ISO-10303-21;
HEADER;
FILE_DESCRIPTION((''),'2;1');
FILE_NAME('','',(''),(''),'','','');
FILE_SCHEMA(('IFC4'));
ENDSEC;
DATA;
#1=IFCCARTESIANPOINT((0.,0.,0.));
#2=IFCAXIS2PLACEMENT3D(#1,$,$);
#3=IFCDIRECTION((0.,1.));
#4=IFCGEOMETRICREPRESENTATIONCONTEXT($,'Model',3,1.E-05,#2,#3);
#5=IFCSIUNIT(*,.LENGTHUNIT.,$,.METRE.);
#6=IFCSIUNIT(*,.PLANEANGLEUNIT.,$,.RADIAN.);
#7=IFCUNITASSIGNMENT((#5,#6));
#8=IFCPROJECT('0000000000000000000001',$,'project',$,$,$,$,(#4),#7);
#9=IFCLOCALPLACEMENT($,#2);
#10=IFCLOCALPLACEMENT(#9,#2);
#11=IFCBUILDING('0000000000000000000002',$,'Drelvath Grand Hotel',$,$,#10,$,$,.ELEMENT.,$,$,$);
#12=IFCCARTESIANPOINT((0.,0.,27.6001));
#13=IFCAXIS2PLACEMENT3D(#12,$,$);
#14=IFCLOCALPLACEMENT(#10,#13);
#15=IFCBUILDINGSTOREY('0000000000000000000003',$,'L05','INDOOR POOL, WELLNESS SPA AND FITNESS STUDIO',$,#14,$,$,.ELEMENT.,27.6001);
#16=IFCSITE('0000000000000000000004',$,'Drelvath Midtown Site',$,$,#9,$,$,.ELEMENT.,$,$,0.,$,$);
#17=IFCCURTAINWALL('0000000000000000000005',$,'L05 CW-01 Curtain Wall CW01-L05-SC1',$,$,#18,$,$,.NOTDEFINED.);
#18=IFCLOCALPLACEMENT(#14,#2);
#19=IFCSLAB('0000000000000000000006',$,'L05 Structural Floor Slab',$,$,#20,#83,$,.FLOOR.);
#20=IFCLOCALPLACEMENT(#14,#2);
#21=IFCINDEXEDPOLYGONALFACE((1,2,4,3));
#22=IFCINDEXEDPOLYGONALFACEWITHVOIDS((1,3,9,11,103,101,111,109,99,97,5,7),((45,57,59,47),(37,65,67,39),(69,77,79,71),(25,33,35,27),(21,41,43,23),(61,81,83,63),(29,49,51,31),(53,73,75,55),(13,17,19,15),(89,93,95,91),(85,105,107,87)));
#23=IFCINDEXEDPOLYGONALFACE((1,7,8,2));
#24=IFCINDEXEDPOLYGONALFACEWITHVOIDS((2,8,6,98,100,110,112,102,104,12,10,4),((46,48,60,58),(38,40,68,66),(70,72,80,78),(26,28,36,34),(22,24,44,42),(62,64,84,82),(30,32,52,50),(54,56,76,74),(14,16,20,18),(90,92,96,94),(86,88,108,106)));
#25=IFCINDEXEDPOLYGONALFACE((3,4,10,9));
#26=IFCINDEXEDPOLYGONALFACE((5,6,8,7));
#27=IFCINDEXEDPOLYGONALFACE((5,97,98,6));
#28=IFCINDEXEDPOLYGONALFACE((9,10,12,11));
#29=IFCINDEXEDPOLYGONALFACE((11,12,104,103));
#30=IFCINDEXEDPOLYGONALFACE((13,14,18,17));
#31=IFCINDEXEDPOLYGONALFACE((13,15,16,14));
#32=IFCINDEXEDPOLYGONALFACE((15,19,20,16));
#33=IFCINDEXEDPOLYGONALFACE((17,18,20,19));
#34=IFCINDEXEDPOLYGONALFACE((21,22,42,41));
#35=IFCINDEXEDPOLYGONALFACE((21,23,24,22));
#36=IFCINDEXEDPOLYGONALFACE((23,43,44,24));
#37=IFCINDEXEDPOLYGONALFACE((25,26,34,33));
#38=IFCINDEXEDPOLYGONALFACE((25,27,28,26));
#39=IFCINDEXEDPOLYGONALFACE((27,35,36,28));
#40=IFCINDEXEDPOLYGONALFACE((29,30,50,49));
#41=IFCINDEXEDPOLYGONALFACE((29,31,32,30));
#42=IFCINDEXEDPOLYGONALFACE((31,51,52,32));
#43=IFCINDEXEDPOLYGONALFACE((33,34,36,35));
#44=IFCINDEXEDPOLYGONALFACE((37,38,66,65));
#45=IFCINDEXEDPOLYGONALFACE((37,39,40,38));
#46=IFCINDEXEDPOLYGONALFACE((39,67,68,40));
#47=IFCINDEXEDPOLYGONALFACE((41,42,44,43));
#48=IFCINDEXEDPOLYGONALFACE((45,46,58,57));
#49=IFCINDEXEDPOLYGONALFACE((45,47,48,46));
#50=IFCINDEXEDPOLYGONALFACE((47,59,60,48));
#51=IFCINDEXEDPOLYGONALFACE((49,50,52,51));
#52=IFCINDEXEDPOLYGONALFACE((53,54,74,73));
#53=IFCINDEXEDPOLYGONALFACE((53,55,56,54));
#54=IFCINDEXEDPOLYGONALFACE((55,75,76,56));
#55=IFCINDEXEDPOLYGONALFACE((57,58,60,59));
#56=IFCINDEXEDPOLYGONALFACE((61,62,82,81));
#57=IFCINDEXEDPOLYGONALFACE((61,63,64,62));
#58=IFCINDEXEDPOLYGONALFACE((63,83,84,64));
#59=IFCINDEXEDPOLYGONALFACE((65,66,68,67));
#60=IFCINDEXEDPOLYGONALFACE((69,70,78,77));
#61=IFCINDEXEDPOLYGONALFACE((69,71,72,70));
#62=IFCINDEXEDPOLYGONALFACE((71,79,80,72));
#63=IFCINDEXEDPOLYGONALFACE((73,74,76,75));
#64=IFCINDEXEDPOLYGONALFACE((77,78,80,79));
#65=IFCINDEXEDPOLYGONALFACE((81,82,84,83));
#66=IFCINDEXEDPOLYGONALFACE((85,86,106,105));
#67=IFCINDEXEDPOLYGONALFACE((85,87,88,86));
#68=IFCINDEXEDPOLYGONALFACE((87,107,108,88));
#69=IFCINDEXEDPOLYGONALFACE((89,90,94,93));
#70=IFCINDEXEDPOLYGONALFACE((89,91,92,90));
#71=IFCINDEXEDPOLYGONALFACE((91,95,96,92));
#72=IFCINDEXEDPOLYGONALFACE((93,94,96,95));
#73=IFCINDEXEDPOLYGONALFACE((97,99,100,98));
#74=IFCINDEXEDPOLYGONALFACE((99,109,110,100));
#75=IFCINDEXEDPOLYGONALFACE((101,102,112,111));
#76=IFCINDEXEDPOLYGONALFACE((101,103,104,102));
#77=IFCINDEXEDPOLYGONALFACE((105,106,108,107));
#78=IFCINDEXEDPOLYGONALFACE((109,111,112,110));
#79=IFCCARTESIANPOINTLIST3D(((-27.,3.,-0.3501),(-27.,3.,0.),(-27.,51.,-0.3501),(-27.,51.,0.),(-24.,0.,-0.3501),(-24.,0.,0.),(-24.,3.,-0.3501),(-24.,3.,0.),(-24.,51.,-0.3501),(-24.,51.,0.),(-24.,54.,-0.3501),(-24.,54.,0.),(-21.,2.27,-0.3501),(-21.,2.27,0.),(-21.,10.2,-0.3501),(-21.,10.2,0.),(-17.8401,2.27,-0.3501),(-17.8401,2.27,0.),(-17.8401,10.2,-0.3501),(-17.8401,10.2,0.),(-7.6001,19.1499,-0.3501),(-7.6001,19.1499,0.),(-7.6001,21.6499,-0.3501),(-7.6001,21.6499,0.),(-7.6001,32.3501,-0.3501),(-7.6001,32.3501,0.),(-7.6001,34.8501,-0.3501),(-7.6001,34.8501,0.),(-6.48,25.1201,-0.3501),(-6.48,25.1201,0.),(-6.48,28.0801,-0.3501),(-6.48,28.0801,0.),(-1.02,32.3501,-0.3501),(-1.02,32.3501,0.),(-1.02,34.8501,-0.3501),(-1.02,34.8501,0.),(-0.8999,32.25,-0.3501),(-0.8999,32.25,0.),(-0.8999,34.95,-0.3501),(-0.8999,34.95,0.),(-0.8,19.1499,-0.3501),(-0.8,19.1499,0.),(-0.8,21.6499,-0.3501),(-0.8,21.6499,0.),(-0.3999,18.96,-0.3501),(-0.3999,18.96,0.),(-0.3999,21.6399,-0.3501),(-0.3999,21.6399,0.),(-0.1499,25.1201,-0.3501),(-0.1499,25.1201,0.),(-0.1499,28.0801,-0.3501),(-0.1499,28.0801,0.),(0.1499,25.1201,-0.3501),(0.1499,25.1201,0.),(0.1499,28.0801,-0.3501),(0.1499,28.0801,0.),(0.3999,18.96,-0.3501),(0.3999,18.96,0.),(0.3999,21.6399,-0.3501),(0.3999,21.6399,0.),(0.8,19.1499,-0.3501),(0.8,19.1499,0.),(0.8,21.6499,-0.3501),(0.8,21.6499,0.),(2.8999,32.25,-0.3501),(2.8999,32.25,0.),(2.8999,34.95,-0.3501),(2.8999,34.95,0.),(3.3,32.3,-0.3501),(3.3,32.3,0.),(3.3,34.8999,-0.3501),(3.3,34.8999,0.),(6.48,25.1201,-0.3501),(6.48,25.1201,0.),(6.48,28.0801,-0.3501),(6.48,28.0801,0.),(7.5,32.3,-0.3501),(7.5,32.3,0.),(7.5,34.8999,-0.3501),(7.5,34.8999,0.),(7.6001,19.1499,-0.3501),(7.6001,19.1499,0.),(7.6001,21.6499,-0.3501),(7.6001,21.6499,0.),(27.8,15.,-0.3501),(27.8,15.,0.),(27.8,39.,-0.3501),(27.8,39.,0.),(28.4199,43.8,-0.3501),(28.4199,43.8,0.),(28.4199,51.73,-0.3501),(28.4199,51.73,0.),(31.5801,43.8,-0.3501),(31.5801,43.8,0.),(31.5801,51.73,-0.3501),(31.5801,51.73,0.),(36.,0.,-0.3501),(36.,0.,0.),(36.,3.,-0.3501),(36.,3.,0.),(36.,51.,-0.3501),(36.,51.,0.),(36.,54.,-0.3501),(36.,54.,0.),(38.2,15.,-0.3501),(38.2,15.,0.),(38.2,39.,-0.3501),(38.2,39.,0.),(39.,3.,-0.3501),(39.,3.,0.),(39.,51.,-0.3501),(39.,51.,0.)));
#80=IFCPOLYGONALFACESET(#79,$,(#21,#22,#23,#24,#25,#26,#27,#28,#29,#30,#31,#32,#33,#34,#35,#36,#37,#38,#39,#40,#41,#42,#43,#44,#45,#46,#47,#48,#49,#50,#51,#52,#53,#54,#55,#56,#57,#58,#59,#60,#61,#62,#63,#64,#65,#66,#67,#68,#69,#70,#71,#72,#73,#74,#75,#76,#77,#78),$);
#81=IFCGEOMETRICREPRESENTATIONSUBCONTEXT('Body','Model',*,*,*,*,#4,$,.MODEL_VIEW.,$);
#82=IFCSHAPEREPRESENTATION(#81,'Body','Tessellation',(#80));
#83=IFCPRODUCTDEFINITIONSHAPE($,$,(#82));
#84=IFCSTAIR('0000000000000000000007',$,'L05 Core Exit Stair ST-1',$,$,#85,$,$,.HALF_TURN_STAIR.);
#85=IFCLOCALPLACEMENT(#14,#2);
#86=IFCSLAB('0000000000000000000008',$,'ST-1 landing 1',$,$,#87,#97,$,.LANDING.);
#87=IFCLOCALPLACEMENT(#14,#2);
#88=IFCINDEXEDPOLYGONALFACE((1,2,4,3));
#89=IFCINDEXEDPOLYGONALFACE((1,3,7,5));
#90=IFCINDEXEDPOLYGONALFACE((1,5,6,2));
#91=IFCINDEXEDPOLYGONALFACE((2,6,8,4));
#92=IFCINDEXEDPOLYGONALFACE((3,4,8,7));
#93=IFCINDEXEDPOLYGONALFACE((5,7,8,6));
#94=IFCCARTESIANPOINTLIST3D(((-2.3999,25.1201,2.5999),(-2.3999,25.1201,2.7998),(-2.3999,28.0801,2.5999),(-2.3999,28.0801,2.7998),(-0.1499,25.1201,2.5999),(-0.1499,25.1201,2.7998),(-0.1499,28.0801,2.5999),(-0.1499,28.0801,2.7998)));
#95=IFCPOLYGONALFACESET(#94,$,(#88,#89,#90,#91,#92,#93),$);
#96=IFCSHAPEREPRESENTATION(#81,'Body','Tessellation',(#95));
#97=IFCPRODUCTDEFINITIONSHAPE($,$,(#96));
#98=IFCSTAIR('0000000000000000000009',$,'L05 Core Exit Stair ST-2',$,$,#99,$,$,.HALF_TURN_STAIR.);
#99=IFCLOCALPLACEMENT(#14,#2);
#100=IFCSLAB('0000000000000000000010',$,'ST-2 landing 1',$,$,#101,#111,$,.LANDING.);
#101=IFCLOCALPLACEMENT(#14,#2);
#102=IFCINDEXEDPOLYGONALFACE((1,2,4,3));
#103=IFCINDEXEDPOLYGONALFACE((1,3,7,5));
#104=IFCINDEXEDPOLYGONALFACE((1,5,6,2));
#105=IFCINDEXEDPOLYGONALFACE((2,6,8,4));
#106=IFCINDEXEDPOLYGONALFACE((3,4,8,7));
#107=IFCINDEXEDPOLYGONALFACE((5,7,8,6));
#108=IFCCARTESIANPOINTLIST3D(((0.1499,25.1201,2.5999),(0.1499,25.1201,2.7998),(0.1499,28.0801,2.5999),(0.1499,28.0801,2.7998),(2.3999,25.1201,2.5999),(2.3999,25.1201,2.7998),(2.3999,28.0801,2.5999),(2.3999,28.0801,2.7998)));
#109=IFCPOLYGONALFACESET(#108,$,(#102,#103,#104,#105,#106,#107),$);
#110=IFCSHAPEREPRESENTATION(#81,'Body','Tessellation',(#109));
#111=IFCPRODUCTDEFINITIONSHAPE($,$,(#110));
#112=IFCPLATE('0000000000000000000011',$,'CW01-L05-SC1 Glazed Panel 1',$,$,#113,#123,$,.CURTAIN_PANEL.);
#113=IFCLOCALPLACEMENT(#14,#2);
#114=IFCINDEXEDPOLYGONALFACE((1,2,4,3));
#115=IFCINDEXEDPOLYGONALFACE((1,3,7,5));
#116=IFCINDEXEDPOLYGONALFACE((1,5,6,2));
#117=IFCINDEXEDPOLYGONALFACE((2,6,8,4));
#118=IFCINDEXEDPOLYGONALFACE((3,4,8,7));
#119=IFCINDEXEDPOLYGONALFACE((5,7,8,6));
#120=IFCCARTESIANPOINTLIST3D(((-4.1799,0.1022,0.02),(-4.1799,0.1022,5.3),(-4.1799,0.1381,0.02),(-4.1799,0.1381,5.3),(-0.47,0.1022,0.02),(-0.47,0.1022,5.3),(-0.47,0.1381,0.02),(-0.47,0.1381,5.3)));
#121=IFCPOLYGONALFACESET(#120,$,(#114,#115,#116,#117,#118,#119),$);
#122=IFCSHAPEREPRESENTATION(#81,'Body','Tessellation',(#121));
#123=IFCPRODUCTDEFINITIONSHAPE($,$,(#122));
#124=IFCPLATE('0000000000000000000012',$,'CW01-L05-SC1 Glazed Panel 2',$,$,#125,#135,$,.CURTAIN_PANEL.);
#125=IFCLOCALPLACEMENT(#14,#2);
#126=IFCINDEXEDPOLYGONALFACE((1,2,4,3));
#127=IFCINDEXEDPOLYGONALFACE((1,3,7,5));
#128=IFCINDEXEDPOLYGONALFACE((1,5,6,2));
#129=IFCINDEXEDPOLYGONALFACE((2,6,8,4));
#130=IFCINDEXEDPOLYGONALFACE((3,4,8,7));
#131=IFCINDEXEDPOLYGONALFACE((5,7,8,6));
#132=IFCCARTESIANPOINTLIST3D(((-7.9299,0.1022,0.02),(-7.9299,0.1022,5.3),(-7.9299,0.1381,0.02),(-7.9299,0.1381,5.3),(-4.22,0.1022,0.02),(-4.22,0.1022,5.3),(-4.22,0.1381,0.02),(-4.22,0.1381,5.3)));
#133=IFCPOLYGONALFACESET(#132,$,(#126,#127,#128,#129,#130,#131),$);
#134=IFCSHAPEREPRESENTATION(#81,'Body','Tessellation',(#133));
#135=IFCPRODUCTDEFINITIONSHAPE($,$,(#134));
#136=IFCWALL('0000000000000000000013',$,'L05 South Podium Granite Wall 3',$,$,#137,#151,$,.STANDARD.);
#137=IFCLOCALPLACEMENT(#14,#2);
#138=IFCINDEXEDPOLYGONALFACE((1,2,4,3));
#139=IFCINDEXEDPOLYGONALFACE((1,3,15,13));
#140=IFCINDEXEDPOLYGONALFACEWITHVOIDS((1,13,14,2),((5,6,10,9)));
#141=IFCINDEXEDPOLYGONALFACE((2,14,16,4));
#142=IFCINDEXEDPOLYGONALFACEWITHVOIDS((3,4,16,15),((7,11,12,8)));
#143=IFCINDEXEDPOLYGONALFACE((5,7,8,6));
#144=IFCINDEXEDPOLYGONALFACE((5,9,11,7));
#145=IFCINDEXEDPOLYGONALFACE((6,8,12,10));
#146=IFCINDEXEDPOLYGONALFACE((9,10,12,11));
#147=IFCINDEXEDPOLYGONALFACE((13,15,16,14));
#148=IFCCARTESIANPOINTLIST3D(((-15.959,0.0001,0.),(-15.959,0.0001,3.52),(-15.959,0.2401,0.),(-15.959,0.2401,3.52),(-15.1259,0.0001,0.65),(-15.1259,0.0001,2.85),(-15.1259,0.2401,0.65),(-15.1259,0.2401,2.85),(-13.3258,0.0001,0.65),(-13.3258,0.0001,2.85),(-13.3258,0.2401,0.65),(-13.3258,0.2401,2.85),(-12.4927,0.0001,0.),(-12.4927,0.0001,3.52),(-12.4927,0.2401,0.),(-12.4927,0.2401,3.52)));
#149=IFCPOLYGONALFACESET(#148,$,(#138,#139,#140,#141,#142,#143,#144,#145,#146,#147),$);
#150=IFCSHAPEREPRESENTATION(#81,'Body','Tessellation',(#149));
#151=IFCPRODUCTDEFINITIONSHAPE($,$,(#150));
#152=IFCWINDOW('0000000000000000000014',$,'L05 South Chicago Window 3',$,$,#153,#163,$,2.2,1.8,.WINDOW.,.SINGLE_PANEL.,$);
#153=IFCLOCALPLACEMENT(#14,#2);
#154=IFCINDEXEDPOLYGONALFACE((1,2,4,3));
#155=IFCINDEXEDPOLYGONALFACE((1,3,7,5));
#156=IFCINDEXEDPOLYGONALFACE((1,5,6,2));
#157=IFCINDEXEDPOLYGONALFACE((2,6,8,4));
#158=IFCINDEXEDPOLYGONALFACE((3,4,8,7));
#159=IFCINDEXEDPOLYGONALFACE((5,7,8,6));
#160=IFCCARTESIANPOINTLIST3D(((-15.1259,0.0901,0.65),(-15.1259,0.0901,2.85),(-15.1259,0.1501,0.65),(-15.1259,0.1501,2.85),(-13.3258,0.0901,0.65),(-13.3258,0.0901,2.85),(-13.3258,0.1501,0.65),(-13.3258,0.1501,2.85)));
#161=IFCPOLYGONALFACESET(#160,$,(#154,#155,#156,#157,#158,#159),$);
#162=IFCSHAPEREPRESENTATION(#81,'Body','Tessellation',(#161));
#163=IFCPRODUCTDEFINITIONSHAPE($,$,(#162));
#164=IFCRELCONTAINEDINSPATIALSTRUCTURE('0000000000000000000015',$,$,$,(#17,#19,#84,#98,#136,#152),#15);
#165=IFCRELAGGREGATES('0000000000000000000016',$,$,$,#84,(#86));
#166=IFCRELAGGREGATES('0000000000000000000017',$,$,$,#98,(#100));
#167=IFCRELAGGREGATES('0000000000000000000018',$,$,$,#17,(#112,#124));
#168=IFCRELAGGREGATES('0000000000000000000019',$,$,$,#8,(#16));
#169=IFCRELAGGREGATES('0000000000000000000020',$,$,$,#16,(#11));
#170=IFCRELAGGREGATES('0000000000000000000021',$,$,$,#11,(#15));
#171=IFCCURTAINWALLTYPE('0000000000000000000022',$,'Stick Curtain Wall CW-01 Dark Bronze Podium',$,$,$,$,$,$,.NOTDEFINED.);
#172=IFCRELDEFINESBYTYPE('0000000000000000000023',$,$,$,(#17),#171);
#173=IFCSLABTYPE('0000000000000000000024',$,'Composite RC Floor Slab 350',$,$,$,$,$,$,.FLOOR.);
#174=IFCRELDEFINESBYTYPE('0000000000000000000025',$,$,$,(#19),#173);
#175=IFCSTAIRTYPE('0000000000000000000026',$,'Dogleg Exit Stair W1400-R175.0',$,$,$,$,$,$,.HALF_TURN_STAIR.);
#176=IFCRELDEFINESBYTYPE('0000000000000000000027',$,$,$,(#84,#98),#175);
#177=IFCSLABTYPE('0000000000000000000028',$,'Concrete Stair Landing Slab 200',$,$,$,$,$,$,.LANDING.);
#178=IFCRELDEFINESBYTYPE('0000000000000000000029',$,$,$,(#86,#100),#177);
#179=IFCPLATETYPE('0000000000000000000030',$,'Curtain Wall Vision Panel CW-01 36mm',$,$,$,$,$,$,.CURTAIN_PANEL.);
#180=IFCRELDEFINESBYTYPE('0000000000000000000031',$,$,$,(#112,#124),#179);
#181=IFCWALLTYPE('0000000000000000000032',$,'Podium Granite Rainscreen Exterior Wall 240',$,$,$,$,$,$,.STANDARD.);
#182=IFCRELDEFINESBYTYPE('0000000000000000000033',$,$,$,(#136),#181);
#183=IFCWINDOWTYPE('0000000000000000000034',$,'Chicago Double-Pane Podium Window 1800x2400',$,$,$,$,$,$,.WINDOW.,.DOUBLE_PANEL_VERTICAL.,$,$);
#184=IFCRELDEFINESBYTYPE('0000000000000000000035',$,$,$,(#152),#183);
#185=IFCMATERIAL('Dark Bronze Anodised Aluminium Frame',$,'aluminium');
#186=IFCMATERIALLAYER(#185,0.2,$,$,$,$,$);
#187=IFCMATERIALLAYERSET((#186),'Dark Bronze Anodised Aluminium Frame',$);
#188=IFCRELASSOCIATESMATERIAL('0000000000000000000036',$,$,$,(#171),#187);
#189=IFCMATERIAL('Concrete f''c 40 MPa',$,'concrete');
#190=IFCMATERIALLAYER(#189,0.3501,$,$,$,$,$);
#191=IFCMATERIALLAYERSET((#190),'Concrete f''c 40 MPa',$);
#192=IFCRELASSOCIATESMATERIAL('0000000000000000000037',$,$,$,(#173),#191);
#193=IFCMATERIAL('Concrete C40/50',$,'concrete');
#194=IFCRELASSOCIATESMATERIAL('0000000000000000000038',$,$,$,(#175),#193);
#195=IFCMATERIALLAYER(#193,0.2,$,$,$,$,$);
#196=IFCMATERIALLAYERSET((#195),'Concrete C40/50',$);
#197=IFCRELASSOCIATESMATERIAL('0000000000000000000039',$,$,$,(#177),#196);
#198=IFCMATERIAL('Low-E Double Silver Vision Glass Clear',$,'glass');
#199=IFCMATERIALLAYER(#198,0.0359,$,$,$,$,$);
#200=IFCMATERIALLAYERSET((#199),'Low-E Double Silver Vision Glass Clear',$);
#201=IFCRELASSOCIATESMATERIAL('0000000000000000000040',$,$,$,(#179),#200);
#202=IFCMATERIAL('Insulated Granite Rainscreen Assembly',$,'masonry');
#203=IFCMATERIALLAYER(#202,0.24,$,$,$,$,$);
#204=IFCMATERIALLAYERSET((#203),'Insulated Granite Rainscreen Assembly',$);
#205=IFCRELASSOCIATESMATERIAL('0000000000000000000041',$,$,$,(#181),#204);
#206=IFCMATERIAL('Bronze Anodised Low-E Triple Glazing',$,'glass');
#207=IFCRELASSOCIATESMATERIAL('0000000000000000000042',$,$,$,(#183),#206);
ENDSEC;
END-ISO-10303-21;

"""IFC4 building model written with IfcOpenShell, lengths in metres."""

from ifc_helpers import new_model, si_unit, direction, frame, frame_2d, origin, origin_2d, place, context, subcontext, project, spatial, polyline, rectangle, outline, extrude, material, layer, layer_set, type_object, element, fill, aggregate, save


model = new_model("IFC4")

# Units and contexts
model_context = context("Model", 3, precision=1e-05, world=origin(), true_north=direction((0.0, 1.0)))
body_context = subcontext(model_context, "Body", "Model", "MODEL_VIEW")
ifc_project = project(units=[si_unit("LENGTHUNIT", "METRE"), si_unit("PLANEANGLEUNIT", "RADIAN")], contexts=[model_context])

# Site, building, storey
site_placement = place(None, origin())
site = spatial("IfcSite", under=ifc_project, at=site_placement, Name="Drelvath Midtown Site", CompositionType="ELEMENT", RefElevation=0.0)
building_placement = place(site_placement, origin())
building = spatial("IfcBuilding", under=site, at=building_placement, Name="Drelvath Grand Hotel", CompositionType="ELEMENT")
storey_placement = place(building_placement, frame((0.0, 0.0, 27.6001)))
storey = spatial("IfcBuildingStorey", under=building, at=storey_placement, Name="L05", Description="INDOOR POOL, WELLNESS SPA AND FITNESS STUDIO", CompositionType="ELEMENT", Elevation=27.6001)

# Curtain wall
ifc_material_1 = material(Name="Dark Bronze Anodised Aluminium Frame", Category="aluminium")
ifc_layer_1 = layer(ifc_material_1, 0.2)
ifc_layer_set_1 = layer_set([ifc_layer_1], Name="Dark Bronze Anodised Aluminium Frame")
curtain_wall_type = type_object("IfcCurtainWallType", Name="Stick Curtain Wall CW-01 Dark Bronze Podium", PredefinedType="NOTDEFINED", material=ifc_layer_set_1)
curtain_wall_placement = place(storey_placement, origin())
curtain_wall = element("IfcCurtainWall", 1, at=curtain_wall_placement, inside=storey, type_object=curtain_wall_type, Name="L05 CW-01 Curtain Wall CW01-L05-SC1", PredefinedType="NOTDEFINED")

# Slab
ifc_material_2 = material(Name="Concrete f'c 40 MPa", Category="concrete")
ifc_layer_2 = layer(ifc_material_2, 0.3501)
ifc_layer_set_2 = layer_set([ifc_layer_2], Name="Concrete f'c 40 MPa")
slab_type_1 = type_object("IfcSlabType", Name="Composite RC Floor Slab 350", PredefinedType="FLOOR", material=ifc_layer_set_2)
slab_1_placement = place(storey_placement, frame((0.0, 0.0, -0.3501)))
element("IfcSlab", 2, at=slab_1_placement, inside=storey, type_object=slab_type_1, Name="L05 Structural Floor Slab", PredefinedType="FLOOR", context=body_context, shape_type="SweptSolid", body=[
    extrude(outline(polyline([(-24.0, 0.0), (36.0, 0.0), (36.0, 3.0), (39.0, 3.0), (39.0, 51.0), (36.0, 51.0), (36.0, 54.0), (-24.0, 54.0), (-24.0, 51.0), (-27.0, 51.0), (-27.0, 3.0), (-24.0, 3.0), (-24.0, 0.0)]), holes=[polyline([(-6.48, 25.1201), (-6.48, 28.0801), (-0.1499, 28.0801), (-0.1499, 25.1201), (-6.48, 25.1201)]), polyline([(0.1499, 25.1201), (0.1499, 28.0801), (6.48, 28.0801), (6.48, 25.1201), (0.1499, 25.1201)]), polyline([(-21.0, 2.27), (-21.0, 10.2), (-17.8401, 10.2), (-17.8401, 2.27), (-21.0, 2.27)]), polyline([(28.4199, 43.8), (28.4199, 51.73), (31.5801, 51.73), (31.5801, 43.8), (28.4199, 43.8)]), polyline([(-7.6001, 19.1499), (-7.6001, 21.6499), (-0.8, 21.6499), (-0.8, 19.1499), (-7.6001, 19.1499)]), polyline([(-0.3999, 18.96), (-0.3999, 21.6399), (0.3999, 21.6399), (0.3999, 18.96), (-0.3999, 18.96)]), polyline([(0.8, 19.1499), (0.8, 21.6499), (7.6001, 21.6499), (7.6001, 19.1499), (0.8, 19.1499)]), polyline([(-7.6001, 32.3501), (-7.6001, 34.8501), (-1.02, 34.8501), (-1.02, 32.3501), (-7.6001, 32.3501)]), polyline([(-0.8999, 32.25), (-0.8999, 34.95), (2.8999, 34.95), (2.8999, 32.25), (-0.8999, 32.25)]), polyline([(3.3, 32.3), (3.3, 34.8999), (7.5, 34.8999), (7.5, 32.3), (3.3, 32.3)]), polyline([(27.8, 15.0), (27.8, 39.0), (38.2, 39.0), (38.2, 15.0), (27.8, 15.0)])]), origin(), (0.0, 0.0, 1.0), 0.3501),
])

# Stairs, slabs
ifc_material_3 = material(Name="Concrete C40/50", Category="concrete")
stair_type = type_object("IfcStairType", Name="Dogleg Exit Stair W1400-R175.0", PredefinedType="HALF_TURN_STAIR", material=ifc_material_3)
stair_1_placement = place(storey_placement, origin())
stair_1 = element("IfcStair", 3, at=stair_1_placement, inside=storey, type_object=stair_type, Name="L05 Core Exit Stair ST-1", PredefinedType="HALF_TURN_STAIR")
ifc_layer_3 = layer(ifc_material_3, 0.2)
ifc_layer_set_3 = layer_set([ifc_layer_3], Name="Concrete C40/50")
slab_type_2 = type_object("IfcSlabType", Name="Concrete Stair Landing Slab 200", PredefinedType="LANDING", material=ifc_layer_set_3)
slab_2_placement = place(storey_placement, frame((0.0, 0.0, 2.5999)))
slab_2 = element("IfcSlab", 4, at=slab_2_placement, type_object=slab_type_2, Name="ST-1 landing 1", PredefinedType="LANDING", context=body_context, shape_type="SweptSolid", body=[
    extrude(outline(polyline([(-2.3999, 25.1201), (-0.1499, 25.1201), (-0.1499, 28.0801), (-2.3999, 28.0801), (-2.3999, 25.1201)])), origin(), (0.0, 0.0, 1.0), 0.2),
])
aggregate(stair_1, [slab_2])
stair_2_placement = place(storey_placement, origin())
stair_2 = element("IfcStair", 5, at=stair_2_placement, inside=storey, type_object=stair_type, Name="L05 Core Exit Stair ST-2", PredefinedType="HALF_TURN_STAIR")
slab_3_placement = place(storey_placement, frame((0.0, 0.0, 2.5999)))
slab_3 = element("IfcSlab", 6, at=slab_3_placement, type_object=slab_type_2, Name="ST-2 landing 1", PredefinedType="LANDING", context=body_context, shape_type="SweptSolid", body=[
    extrude(outline(polyline([(2.3999, 28.0801), (0.1499, 28.0801), (0.1499, 25.1201), (2.3999, 25.1201), (2.3999, 28.0801)])), origin(), (0.0, 0.0, 1.0), 0.2),
])
aggregate(stair_2, [slab_3])

# Plates
ifc_material_4 = material(Name="Low-E Double Silver Vision Glass Clear", Category="glass")
ifc_layer_4 = layer(ifc_material_4, 0.0359)
ifc_layer_set_4 = layer_set([ifc_layer_4], Name="Low-E Double Silver Vision Glass Clear")
plate_type = type_object("IfcPlateType", Name="Curtain Wall Vision Panel CW-01 36mm", PredefinedType="CURTAIN_PANEL", material=ifc_layer_set_4)
plate_1_placement = place(storey_placement, frame((-2.325, 0.1201, 0.02), z_axis=(0.0, 0.0, 1.0), x_axis=(-1.0, 0.0, 0.0)))
plate_1 = element("IfcPlate", 7, at=plate_1_placement, type_object=plate_type, Name="CW01-L05-SC1 Glazed Panel 1", PredefinedType="CURTAIN_PANEL", context=body_context, shape_type="SweptSolid", body=[
    extrude(rectangle(XDim=3.71, YDim=0.0359, at=origin_2d()), origin(), (0.0, 0.0, 1.0), 5.28),
])
plate_2_placement = place(storey_placement, frame((-6.075, 0.1201, 0.02), z_axis=(0.0, 0.0, 1.0), x_axis=(-1.0, 0.0, 0.0)))
plate_2 = element("IfcPlate", 8, at=plate_2_placement, type_object=plate_type, Name="CW01-L05-SC1 Glazed Panel 2", PredefinedType="CURTAIN_PANEL", context=body_context, shape_type="SweptSolid", body=[
    extrude(rectangle(XDim=3.71, YDim=0.0359, at=origin_2d()), origin(), (0.0, 0.0, 1.0), 5.28),
])
aggregate(curtain_wall, [plate_1, plate_2])

# Wall, opening, window
ifc_material_5 = material(Name="Insulated Granite Rainscreen Assembly", Category="masonry")
ifc_layer_5 = layer(ifc_material_5, 0.24)
ifc_layer_set_5 = layer_set([ifc_layer_5], Name="Insulated Granite Rainscreen Assembly")
wall_type = type_object("IfcWallType", Name="Podium Granite Rainscreen Exterior Wall 240", PredefinedType="STANDARD", material=ifc_layer_set_5)
wall_1_placement = place(storey_placement, frame((-12.4927, 0.1201, 0.0), z_axis=(0.0, 0.0, 1.0), x_axis=(-1.0, 0.0, 0.0)))
wall_1 = element("IfcWall", 9, at=wall_1_placement, inside=storey, type_object=wall_type, Name="L05 South Podium Granite Wall 3", PredefinedType="STANDARD", context=body_context, shape_type="SweptSolid", body=[
    extrude(rectangle(XDim=3.4663, YDim=0.24, at=frame_2d((1.7332, 0.0))), origin(), (0.0, 0.0, 1.0), 3.52),
])
opening_1_placement = place(wall_1_placement, frame((0.8333, 0.0, 0.6499)))
opening_1 = element("IfcOpeningElement", 10, at=opening_1_placement, cuts=wall_1, PredefinedType="OPENING", context=body_context, shape_type="SweptSolid", body=[
    extrude(rectangle(XDim=1.8, YDim=2.2, at=frame_2d((0.8999, 1.1001))), frame((0.0, 0.1299, 0.0), z_axis=(0.0, -1.0, 0.0), x_axis=(1.0, 0.0, 0.0)), (0.0, 0.0, 1.0), 0.26),
])
ifc_material_6 = material(Name="Bronze Anodised Low-E Triple Glazing", Category="glass")
window_type = type_object("IfcWindowType", Name="Chicago Double-Pane Podium Window 1800x2400", PartitioningType="DOUBLE_PANEL_VERTICAL", PredefinedType="WINDOW", material=ifc_material_6)
window_1_placement = place(opening_1_placement, origin())
window_1 = element("IfcWindow", 11, at=window_1_placement, inside=storey, type_object=window_type, Name="L05 South Chicago Window 3", OverallHeight=2.2, OverallWidth=1.8, PartitioningType="SINGLE_PANEL", PredefinedType="WINDOW", context=body_context, shape_type="SweptSolid", body=[
    extrude(rectangle(XDim=1.8, YDim=2.2, at=frame_2d((0.8999, 1.1001))), frame((0.0, 0.03, 0.0), z_axis=(0.0, -1.0, 0.0), x_axis=(1.0, 0.0, 0.0)), (0.0, 0.0, 1.0), 0.0601),
])
fill(opening_1, window_1)

save(model, "model.ifc")
